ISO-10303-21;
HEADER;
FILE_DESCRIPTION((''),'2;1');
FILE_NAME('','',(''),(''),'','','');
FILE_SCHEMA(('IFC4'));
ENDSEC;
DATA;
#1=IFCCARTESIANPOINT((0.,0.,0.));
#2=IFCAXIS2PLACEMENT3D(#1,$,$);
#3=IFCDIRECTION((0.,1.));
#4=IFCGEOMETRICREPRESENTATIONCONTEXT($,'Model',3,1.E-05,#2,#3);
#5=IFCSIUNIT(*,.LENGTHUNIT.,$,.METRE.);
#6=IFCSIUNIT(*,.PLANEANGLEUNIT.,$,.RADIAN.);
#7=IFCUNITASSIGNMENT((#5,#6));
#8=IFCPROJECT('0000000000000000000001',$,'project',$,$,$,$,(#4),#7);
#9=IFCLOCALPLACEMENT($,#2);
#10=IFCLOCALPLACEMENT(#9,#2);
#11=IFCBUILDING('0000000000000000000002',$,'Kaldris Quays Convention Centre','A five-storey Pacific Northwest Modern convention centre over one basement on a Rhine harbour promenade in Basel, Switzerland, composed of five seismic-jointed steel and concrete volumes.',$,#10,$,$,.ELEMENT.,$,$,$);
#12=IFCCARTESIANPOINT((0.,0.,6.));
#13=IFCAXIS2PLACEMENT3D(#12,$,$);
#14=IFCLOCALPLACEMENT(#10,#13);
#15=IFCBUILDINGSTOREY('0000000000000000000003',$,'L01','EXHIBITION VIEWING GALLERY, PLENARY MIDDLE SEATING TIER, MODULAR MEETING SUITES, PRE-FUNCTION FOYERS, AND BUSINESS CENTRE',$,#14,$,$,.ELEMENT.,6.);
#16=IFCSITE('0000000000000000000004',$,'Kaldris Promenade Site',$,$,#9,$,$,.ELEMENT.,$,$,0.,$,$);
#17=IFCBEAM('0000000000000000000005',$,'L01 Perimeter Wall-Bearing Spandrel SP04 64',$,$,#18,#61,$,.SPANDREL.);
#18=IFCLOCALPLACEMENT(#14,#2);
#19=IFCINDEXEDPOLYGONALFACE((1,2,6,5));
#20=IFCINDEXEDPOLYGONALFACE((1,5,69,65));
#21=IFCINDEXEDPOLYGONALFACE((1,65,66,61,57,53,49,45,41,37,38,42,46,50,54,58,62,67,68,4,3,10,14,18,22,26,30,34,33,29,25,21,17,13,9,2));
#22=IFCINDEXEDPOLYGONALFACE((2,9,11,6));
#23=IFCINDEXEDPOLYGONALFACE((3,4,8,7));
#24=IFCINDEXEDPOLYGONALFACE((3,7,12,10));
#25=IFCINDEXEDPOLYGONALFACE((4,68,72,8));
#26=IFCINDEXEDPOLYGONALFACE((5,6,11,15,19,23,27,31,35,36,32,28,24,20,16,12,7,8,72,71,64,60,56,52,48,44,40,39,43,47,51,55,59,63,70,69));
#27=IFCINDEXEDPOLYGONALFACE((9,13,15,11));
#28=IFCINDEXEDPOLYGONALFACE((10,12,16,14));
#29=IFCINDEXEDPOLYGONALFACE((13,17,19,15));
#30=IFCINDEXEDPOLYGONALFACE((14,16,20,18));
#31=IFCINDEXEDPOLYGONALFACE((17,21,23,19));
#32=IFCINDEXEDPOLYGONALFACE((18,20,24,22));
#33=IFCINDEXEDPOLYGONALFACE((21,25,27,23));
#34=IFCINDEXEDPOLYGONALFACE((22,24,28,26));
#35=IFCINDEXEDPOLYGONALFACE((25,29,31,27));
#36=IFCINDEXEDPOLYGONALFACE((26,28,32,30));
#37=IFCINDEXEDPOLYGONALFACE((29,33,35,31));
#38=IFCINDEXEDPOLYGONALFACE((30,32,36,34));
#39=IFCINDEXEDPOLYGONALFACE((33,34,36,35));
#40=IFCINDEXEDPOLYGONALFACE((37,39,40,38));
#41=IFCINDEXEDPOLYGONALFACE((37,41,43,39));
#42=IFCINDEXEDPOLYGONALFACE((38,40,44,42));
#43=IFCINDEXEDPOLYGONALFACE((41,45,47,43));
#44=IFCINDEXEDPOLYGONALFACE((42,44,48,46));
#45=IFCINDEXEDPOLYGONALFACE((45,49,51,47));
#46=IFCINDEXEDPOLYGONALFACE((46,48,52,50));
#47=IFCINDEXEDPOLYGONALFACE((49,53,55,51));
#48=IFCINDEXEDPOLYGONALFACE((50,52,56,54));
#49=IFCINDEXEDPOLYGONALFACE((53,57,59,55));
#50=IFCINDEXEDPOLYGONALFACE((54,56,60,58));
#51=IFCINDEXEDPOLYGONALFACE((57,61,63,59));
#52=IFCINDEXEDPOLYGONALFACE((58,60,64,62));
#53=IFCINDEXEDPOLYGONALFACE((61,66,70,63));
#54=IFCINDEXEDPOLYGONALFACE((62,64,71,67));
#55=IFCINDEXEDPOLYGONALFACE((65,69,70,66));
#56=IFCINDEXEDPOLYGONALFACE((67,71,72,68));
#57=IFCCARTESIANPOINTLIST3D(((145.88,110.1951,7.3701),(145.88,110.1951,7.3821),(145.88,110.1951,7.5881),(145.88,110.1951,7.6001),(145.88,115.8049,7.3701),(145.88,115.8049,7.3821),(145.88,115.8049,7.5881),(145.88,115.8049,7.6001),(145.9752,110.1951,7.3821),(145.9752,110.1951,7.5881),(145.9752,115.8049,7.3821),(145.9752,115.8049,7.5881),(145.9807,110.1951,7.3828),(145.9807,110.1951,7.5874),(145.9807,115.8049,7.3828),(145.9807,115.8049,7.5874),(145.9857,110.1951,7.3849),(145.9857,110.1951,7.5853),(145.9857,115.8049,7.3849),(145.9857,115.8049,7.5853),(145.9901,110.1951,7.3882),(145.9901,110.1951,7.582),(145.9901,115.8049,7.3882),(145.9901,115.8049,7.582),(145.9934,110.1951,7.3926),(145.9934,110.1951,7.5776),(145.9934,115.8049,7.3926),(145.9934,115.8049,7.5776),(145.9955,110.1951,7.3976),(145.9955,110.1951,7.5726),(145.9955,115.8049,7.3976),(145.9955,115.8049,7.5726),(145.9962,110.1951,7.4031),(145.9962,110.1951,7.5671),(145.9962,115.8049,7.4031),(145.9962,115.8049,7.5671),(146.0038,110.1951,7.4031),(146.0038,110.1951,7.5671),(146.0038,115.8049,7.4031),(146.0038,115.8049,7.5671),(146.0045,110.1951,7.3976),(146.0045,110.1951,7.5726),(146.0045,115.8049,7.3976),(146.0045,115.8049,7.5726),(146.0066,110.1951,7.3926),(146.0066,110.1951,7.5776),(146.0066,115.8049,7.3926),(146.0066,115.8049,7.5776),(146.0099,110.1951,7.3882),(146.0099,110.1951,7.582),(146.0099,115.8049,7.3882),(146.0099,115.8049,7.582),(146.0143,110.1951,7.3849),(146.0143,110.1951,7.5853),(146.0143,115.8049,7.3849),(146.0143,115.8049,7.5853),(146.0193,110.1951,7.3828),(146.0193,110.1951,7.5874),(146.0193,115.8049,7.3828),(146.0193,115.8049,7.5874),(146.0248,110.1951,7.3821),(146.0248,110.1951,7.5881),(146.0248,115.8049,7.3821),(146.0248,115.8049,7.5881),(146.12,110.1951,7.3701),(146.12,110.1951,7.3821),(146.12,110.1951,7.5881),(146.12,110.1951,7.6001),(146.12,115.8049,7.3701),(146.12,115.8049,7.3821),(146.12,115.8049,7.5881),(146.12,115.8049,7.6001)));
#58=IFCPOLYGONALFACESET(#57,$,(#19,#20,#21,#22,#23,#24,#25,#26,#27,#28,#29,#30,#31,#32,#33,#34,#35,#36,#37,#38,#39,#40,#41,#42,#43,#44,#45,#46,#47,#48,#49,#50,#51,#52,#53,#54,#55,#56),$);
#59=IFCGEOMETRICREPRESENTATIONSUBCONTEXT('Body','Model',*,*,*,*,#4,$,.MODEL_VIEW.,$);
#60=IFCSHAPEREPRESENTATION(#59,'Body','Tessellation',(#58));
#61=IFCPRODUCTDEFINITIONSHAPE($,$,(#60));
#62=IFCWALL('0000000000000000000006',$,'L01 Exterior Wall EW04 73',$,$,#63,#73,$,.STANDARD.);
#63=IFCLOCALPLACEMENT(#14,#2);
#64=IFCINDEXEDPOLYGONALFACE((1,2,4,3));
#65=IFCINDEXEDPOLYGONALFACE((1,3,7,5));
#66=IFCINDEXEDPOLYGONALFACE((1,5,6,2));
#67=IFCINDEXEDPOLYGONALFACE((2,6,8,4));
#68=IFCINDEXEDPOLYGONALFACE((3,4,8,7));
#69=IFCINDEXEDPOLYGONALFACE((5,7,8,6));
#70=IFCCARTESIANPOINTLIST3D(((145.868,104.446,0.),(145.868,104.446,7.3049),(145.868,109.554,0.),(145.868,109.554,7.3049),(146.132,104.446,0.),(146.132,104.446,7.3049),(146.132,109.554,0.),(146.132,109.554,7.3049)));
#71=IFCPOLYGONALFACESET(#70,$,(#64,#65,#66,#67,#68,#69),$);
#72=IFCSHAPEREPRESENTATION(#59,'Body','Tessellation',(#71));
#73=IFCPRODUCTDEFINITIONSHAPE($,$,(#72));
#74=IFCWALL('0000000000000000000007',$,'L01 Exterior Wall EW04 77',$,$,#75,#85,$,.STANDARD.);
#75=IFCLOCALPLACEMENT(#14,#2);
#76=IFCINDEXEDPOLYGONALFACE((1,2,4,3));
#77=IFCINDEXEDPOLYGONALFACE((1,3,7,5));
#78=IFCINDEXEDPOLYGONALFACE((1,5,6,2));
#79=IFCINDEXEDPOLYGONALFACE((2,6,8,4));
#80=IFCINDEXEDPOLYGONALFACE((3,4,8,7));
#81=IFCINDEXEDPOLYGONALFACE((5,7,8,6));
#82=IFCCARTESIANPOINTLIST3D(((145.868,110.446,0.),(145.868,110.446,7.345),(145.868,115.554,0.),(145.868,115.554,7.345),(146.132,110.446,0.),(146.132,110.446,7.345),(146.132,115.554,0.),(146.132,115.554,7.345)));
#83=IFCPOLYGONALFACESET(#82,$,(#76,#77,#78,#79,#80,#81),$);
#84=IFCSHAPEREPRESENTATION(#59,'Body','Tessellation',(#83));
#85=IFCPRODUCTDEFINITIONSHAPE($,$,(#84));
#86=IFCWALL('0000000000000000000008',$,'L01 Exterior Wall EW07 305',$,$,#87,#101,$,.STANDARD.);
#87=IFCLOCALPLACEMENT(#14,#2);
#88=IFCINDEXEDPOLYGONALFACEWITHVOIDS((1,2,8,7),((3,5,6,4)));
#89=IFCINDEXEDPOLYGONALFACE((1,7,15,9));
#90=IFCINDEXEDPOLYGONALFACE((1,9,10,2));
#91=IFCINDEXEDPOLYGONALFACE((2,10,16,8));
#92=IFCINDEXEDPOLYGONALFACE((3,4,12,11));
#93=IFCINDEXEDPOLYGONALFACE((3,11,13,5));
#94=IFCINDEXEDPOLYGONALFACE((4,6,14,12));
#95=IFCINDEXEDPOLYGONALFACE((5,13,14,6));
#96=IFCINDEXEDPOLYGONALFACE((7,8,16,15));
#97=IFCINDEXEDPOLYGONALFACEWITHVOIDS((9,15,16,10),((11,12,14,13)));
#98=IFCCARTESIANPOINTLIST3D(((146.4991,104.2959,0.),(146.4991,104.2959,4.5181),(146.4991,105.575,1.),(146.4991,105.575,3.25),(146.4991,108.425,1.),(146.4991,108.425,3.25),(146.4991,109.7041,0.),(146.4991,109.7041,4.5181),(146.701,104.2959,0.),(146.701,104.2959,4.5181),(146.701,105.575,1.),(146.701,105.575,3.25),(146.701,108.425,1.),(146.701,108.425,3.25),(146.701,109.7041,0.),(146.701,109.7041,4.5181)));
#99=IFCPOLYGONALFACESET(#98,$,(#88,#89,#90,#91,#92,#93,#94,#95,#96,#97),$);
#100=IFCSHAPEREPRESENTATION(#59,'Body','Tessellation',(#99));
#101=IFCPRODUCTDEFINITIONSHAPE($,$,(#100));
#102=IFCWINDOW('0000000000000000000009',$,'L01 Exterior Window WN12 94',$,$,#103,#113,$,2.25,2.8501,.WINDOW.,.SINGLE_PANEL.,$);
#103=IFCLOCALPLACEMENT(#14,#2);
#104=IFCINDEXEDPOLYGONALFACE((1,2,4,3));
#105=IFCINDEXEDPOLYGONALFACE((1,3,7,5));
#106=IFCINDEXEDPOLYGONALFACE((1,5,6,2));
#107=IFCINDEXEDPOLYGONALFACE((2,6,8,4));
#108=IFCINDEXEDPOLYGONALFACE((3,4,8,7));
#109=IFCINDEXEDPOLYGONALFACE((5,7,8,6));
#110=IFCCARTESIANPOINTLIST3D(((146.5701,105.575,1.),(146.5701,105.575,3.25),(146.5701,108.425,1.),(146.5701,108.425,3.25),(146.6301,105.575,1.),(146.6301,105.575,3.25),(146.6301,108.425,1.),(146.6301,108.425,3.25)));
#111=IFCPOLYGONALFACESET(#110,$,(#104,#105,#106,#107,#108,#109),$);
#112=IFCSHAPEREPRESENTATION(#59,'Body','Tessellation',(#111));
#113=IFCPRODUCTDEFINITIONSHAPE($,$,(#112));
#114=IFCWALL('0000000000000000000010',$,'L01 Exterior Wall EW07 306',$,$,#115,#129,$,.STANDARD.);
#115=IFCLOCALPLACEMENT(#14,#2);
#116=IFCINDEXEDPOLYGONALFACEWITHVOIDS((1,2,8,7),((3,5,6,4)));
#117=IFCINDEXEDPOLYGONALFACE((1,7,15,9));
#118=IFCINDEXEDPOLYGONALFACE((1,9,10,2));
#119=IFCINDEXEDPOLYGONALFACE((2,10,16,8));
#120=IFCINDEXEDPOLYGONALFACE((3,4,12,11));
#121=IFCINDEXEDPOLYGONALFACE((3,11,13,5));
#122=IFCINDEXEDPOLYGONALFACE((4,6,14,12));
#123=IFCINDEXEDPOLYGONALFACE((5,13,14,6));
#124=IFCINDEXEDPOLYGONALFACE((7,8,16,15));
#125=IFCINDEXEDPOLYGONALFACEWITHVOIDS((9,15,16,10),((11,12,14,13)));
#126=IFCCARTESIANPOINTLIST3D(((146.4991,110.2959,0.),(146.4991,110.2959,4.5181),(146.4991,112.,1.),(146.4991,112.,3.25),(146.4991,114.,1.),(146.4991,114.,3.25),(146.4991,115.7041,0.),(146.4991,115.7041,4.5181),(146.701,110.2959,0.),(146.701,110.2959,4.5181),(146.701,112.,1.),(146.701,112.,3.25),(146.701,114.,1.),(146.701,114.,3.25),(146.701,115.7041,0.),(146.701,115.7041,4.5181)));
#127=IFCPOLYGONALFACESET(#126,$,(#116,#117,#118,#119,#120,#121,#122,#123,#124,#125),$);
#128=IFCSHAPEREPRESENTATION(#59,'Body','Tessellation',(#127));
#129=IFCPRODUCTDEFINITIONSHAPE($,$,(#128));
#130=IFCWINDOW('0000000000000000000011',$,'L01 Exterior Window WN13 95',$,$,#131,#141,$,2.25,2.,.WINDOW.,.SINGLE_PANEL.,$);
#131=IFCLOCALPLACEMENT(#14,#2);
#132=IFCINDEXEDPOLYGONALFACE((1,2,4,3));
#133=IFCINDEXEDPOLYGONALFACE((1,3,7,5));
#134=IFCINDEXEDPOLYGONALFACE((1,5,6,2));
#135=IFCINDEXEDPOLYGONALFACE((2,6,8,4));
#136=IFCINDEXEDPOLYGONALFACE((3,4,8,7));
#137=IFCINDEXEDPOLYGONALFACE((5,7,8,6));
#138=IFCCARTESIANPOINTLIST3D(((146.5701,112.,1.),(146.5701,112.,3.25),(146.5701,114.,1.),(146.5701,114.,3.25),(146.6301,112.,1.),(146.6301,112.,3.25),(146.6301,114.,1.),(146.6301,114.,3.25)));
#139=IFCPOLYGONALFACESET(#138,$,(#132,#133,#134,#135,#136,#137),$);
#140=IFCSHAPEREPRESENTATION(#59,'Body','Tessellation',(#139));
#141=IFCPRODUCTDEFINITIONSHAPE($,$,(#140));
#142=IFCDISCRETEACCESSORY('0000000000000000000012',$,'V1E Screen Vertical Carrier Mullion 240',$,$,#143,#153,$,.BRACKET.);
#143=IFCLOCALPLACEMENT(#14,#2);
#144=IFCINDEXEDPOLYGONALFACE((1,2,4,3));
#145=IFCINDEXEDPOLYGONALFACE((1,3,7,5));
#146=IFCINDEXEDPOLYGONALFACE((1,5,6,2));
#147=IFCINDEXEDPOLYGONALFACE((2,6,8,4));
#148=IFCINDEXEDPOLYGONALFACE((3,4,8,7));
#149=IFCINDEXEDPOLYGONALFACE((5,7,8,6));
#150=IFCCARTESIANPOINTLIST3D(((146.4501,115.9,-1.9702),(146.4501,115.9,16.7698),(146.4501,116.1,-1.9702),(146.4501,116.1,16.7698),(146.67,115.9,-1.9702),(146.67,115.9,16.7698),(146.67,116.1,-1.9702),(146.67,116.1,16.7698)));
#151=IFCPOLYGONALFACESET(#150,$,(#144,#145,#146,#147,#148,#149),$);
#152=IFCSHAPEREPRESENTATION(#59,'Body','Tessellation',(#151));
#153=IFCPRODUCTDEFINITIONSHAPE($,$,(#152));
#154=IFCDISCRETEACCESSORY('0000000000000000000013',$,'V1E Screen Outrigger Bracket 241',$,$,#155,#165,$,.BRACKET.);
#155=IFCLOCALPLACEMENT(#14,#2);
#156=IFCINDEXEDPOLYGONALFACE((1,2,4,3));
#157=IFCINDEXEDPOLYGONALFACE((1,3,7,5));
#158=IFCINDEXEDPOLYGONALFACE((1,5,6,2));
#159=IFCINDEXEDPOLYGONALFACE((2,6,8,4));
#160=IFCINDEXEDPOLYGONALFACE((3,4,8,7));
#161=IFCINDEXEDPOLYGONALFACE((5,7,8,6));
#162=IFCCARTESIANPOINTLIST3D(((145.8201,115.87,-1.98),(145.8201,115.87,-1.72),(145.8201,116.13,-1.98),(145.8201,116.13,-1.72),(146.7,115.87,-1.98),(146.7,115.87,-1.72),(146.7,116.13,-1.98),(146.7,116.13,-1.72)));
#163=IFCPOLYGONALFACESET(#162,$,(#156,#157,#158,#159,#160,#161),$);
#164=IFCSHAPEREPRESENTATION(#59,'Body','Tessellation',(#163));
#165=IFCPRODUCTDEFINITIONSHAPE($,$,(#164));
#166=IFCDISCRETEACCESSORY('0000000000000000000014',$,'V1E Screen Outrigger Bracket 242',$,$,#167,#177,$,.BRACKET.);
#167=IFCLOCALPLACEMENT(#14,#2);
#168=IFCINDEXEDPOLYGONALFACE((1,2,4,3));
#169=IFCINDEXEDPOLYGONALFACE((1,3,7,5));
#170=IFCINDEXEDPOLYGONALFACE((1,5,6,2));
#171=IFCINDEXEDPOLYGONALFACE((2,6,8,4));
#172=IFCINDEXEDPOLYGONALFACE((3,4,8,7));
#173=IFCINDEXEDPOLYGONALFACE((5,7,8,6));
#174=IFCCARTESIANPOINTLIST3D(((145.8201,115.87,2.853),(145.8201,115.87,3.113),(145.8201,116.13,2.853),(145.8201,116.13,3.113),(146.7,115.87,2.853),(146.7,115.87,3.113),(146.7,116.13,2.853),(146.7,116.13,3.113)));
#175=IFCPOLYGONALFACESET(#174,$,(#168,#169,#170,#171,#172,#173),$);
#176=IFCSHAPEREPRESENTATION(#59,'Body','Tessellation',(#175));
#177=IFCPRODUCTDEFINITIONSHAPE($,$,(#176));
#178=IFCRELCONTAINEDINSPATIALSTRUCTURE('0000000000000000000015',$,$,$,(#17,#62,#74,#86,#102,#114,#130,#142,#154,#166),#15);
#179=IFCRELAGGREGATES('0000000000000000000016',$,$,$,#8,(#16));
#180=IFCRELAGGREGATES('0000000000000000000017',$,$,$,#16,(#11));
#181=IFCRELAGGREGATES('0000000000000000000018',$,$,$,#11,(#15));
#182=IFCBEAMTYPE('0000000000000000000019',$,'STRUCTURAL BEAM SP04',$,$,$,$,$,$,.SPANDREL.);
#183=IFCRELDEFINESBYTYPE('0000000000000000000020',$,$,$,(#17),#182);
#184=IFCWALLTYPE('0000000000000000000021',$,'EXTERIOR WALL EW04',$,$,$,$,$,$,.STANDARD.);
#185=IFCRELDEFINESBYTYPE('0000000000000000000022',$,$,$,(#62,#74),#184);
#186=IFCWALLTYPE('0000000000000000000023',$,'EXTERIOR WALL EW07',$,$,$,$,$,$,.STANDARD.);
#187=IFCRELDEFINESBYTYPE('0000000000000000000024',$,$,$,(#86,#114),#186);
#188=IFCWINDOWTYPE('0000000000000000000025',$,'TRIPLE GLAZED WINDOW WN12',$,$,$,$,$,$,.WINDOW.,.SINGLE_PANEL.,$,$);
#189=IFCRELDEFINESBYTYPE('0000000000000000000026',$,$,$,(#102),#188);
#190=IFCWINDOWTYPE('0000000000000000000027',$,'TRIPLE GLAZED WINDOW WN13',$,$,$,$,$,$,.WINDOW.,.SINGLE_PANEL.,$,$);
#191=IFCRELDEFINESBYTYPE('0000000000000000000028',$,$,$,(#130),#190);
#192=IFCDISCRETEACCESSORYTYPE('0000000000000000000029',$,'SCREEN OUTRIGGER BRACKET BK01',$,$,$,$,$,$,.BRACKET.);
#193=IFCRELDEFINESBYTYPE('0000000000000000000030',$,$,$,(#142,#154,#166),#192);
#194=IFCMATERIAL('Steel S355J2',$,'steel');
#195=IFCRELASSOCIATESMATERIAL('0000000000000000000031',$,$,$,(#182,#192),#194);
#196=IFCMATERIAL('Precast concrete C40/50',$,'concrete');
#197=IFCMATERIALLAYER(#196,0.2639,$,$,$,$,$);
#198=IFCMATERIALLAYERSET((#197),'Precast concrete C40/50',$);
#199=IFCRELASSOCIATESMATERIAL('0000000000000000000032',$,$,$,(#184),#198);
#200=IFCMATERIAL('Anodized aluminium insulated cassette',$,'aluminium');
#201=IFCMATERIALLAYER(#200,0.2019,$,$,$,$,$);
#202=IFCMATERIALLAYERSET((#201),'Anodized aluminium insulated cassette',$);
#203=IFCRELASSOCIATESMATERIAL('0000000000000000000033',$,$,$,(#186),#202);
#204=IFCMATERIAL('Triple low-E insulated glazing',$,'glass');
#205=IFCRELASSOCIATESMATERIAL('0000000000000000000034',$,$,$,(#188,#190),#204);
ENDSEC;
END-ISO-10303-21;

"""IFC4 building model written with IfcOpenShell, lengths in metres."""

from ifc_helpers import new_model, si_unit, direction, frame, frame_2d, origin, origin_2d, place, context, subcontext, project, spatial, rectangle, i_section, extrude, material, layer, layer_set, material_profile, profile_set, type_object, element, fill, save


model = new_model("IFC4")

# Units and contexts
model_context = context("Model", 3, precision=1e-05, world=origin(), true_north=direction((0.0, 1.0)))
body_context = subcontext(model_context, "Body", "Model", "MODEL_VIEW")
ifc_project = project(units=[si_unit("LENGTHUNIT", "METRE"), si_unit("PLANEANGLEUNIT", "RADIAN")], contexts=[model_context])

# Site, building, storey
site_placement = place(None, origin())
site = spatial("IfcSite", under=ifc_project, at=site_placement, Name="Kaldris Promenade Site", CompositionType="ELEMENT", RefElevation=0.0)
building_placement = place(site_placement, origin())
building = spatial("IfcBuilding", under=site, at=building_placement, Name="Kaldris Quays Convention Centre", Description="A five-storey Pacific Northwest Modern convention centre over one basement on a Rhine harbour promenade in Basel, Switzerland, composed of five seismic-jointed steel and concrete volumes.", CompositionType="ELEMENT")
storey_placement = place(building_placement, frame((0.0, 0.0, 6.0)))
storey = spatial("IfcBuildingStorey", under=building, at=storey_placement, Name="L01", Description="EXHIBITION VIEWING GALLERY, PLENARY MIDDLE SEATING TIER, MODULAR MEETING SUITES, PRE-FUNCTION FOYERS, AND BUSINESS CENTRE", CompositionType="ELEMENT", Elevation=6.0)

# Shared definitions
ifc_material_1 = material(Name="Steel S355J2", Category="steel")

# Beam
ifc_material_profile_1 = material_profile(ifc_material_1, i_section(OverallWidth=0.24, OverallDepth=0.23, WebThickness=0.0076, FlangeThickness=0.012, FilletRadius=0.021, at=origin_2d()), Name="HEA 240")
ifc_profile_set_1 = profile_set([ifc_material_profile_1], Name="Steel S355J2")
beam_type_1 = type_object("IfcBeamType", Name="STRUCTURAL BEAM SP04", PredefinedType="SPANDREL", material=ifc_profile_set_1)
beam_1_placement = place(storey_placement, frame((146.0, 110.1951, 7.4851), z_axis=(0.0, 1.0, 0.0), x_axis=(-1.0, 0.0, 0.0)))
element("IfcBeam", 1, at=beam_1_placement, inside=storey, type_object=beam_type_1, Name="L01 Perimeter Wall-Bearing Spandrel SP04 64", PredefinedType="SPANDREL", context=body_context, shape_type="SweptSolid", body=[
    extrude(i_section(OverallWidth=0.24, OverallDepth=0.23, WebThickness=0.0076, FlangeThickness=0.012, FilletRadius=0.021, at=origin_2d()), origin(), (0.0, 0.0, 1.0), 5.6099),
])

# Walls
ifc_material_2 = material(Name="Precast concrete C40/50", Category="concrete")
ifc_layer_1 = layer(ifc_material_2, 0.2639)
ifc_layer_set_1 = layer_set([ifc_layer_1], Name="Precast concrete C40/50")
wall_type_1 = type_object("IfcWallType", Name="EXTERIOR WALL EW04", PredefinedType="STANDARD", material=ifc_layer_set_1)
wall_1_placement = place(storey_placement, frame((146.0, 104.446, 0.0), z_axis=(0.0, 0.0, 1.0), x_axis=(0.0, 1.0, 0.0)))
element("IfcWall", 2, at=wall_1_placement, inside=storey, type_object=wall_type_1, Name="L01 Exterior Wall EW04 73", PredefinedType="STANDARD", context=body_context, shape_type="SweptSolid", body=[
    extrude(rectangle(XDim=5.1079, YDim=0.2639, at=frame_2d((2.554, 0.0))), origin(), (0.0, 0.0, 1.0), 7.3049),
])
wall_2_placement = place(storey_placement, frame((146.0, 110.446, 0.0), z_axis=(0.0, 0.0, 1.0), x_axis=(0.0, 1.0, 0.0)))
element("IfcWall", 3, at=wall_2_placement, inside=storey, type_object=wall_type_1, Name="L01 Exterior Wall EW04 77", PredefinedType="STANDARD", context=body_context, shape_type="SweptSolid", body=[
    extrude(rectangle(XDim=5.1079, YDim=0.2639, at=frame_2d((2.554, 0.0))), origin(), (0.0, 0.0, 1.0), 7.345),
])

# Walls, openings, windows
ifc_material_3 = material(Name="Anodized aluminium insulated cassette", Category="aluminium")
ifc_layer_2 = layer(ifc_material_3, 0.2019)
ifc_layer_set_2 = layer_set([ifc_layer_2], Name="Anodized aluminium insulated cassette")
wall_type_2 = type_object("IfcWallType", Name="EXTERIOR WALL EW07", PredefinedType="STANDARD", material=ifc_layer_set_2)
wall_3_placement = place(storey_placement, frame((146.6001, 104.2959, 0.0), z_axis=(0.0, 0.0, 1.0), x_axis=(0.0, 1.0, 0.0)))
wall_3 = element("IfcWall", 4, at=wall_3_placement, inside=storey, type_object=wall_type_2, Name="L01 Exterior Wall EW07 305", PredefinedType="STANDARD", context=body_context, shape_type="SweptSolid", body=[
    extrude(rectangle(XDim=5.4082, YDim=0.2019, at=frame_2d((2.7041, 0.0))), origin(), (0.0, 0.0, 1.0), 4.5181),
])
opening_1_placement = place(wall_3_placement, frame((1.2791, 0.0, 1.0)))
opening_1 = element("IfcOpeningElement", 5, at=opening_1_placement, cuts=wall_3, PredefinedType="OPENING", context=body_context, shape_type="SweptSolid", body=[
    extrude(rectangle(XDim=2.8501, YDim=2.25, at=frame_2d((1.425, 1.125))), frame((0.0, 0.1108, 0.0), z_axis=(0.0, -1.0, 0.0), x_axis=(1.0, 0.0, 0.0)), (0.0, 0.0, 1.0), 0.2219),
])
ifc_material_4 = material(Name="Triple low-E insulated glazing", Category="glass")
window_type_1 = type_object("IfcWindowType", Name="TRIPLE GLAZED WINDOW WN12", PartitioningType="SINGLE_PANEL", PredefinedType="WINDOW", material=ifc_material_4)
window_1_placement = place(opening_1_placement, origin())
window_1 = element("IfcWindow", 6, at=window_1_placement, inside=storey, type_object=window_type_1, Name="L01 Exterior Window WN12 94", OverallHeight=2.25, OverallWidth=2.8501, PartitioningType="SINGLE_PANEL", PredefinedType="WINDOW", context=body_context, shape_type="SweptSolid", body=[
    extrude(rectangle(XDim=2.8501, YDim=2.25, at=frame_2d((1.425, 1.125))), frame((0.0, 0.03, 0.0), z_axis=(0.0, -1.0, 0.0), x_axis=(1.0, 0.0, 0.0)), (0.0, 0.0, 1.0), 0.0601),
])
fill(opening_1, window_1)
wall_4_placement = place(storey_placement, frame((146.6001, 110.2959, 0.0), z_axis=(0.0, 0.0, 1.0), x_axis=(0.0, 1.0, 0.0)))
wall_4 = element("IfcWall", 7, at=wall_4_placement, inside=storey, type_object=wall_type_2, Name="L01 Exterior Wall EW07 306", PredefinedType="STANDARD", context=body_context, shape_type="SweptSolid", body=[
    extrude(rectangle(XDim=5.4082, YDim=0.2019, at=frame_2d((2.7041, 0.0))), origin(), (0.0, 0.0, 1.0), 4.5181),
])
opening_2_placement = place(wall_4_placement, frame((1.7041, 0.0, 1.0)))
opening_2 = element("IfcOpeningElement", 8, at=opening_2_placement, cuts=wall_4, PredefinedType="OPENING", context=body_context, shape_type="SweptSolid", body=[
    extrude(rectangle(XDim=2.0, YDim=2.25, at=frame_2d((1.0, 1.125))), frame((0.0, 0.1108, 0.0), z_axis=(0.0, -1.0, 0.0), x_axis=(1.0, 0.0, 0.0)), (0.0, 0.0, 1.0), 0.2219),
])
window_type_2 = type_object("IfcWindowType", Name="TRIPLE GLAZED WINDOW WN13", PartitioningType="SINGLE_PANEL", PredefinedType="WINDOW", material=ifc_material_4)
window_2_placement = place(opening_2_placement, origin())
window_2 = element("IfcWindow", 9, at=window_2_placement, inside=storey, type_object=window_type_2, Name="L01 Exterior Window WN13 95", OverallHeight=2.25, OverallWidth=2.0, PartitioningType="SINGLE_PANEL", PredefinedType="WINDOW", context=body_context, shape_type="SweptSolid", body=[
    extrude(rectangle(XDim=2.0, YDim=2.25, at=frame_2d((1.0, 1.125))), frame((0.0, 0.03, 0.0), z_axis=(0.0, -1.0, 0.0), x_axis=(1.0, 0.0, 0.0)), (0.0, 0.0, 1.0), 0.0601),
])
fill(opening_2, window_2)

# Discrete accessories
discrete_accessory_type = type_object("IfcDiscreteAccessoryType", Name="SCREEN OUTRIGGER BRACKET BK01", PredefinedType="BRACKET", material=ifc_material_1)
discrete_accessory_placement = place(storey_placement, frame((146.5601, 116.0, -1.9702), z_axis=(0.0, 0.0, 1.0), x_axis=(0.0, 1.0, 0.0)))
element("IfcDiscreteAccessory", 10, at=discrete_accessory_placement, inside=storey, type_object=discrete_accessory_type, Name="V1E Screen Vertical Carrier Mullion 240", PredefinedType="BRACKET", context=body_context, shape_type="SweptSolid", body=[
    extrude(rectangle(XDim=0.2, YDim=0.22, at=origin_2d()), origin(), (0.0, 0.0, 1.0), 18.74),
])
for number, where, z_axis, x_axis, name in (
    (11, (146.26, 116.0, -1.98), (0.0, 0.0, 1.0), (0.0, 1.0, 0.0), "V1E Screen Outrigger Bracket 241"),
    (12, (146.26, 116.0, 2.853), (0.0, 0.0, 1.0), (0.0, 1.0, 0.0), "V1E Screen Outrigger Bracket 242"),
):
    element("IfcDiscreteAccessory", number, at=place(storey_placement, frame(where, z_axis=z_axis, x_axis=x_axis)), inside=storey, type_object=discrete_accessory_type, Name=name, PredefinedType="BRACKET", context=body_context, shape_type="SweptSolid", body=[
        extrude(rectangle(XDim=0.26, YDim=0.8799, at=origin_2d()), origin(), (0.0, 0.0, 1.0), 0.26),
    ])

save(model, "model.ifc")
